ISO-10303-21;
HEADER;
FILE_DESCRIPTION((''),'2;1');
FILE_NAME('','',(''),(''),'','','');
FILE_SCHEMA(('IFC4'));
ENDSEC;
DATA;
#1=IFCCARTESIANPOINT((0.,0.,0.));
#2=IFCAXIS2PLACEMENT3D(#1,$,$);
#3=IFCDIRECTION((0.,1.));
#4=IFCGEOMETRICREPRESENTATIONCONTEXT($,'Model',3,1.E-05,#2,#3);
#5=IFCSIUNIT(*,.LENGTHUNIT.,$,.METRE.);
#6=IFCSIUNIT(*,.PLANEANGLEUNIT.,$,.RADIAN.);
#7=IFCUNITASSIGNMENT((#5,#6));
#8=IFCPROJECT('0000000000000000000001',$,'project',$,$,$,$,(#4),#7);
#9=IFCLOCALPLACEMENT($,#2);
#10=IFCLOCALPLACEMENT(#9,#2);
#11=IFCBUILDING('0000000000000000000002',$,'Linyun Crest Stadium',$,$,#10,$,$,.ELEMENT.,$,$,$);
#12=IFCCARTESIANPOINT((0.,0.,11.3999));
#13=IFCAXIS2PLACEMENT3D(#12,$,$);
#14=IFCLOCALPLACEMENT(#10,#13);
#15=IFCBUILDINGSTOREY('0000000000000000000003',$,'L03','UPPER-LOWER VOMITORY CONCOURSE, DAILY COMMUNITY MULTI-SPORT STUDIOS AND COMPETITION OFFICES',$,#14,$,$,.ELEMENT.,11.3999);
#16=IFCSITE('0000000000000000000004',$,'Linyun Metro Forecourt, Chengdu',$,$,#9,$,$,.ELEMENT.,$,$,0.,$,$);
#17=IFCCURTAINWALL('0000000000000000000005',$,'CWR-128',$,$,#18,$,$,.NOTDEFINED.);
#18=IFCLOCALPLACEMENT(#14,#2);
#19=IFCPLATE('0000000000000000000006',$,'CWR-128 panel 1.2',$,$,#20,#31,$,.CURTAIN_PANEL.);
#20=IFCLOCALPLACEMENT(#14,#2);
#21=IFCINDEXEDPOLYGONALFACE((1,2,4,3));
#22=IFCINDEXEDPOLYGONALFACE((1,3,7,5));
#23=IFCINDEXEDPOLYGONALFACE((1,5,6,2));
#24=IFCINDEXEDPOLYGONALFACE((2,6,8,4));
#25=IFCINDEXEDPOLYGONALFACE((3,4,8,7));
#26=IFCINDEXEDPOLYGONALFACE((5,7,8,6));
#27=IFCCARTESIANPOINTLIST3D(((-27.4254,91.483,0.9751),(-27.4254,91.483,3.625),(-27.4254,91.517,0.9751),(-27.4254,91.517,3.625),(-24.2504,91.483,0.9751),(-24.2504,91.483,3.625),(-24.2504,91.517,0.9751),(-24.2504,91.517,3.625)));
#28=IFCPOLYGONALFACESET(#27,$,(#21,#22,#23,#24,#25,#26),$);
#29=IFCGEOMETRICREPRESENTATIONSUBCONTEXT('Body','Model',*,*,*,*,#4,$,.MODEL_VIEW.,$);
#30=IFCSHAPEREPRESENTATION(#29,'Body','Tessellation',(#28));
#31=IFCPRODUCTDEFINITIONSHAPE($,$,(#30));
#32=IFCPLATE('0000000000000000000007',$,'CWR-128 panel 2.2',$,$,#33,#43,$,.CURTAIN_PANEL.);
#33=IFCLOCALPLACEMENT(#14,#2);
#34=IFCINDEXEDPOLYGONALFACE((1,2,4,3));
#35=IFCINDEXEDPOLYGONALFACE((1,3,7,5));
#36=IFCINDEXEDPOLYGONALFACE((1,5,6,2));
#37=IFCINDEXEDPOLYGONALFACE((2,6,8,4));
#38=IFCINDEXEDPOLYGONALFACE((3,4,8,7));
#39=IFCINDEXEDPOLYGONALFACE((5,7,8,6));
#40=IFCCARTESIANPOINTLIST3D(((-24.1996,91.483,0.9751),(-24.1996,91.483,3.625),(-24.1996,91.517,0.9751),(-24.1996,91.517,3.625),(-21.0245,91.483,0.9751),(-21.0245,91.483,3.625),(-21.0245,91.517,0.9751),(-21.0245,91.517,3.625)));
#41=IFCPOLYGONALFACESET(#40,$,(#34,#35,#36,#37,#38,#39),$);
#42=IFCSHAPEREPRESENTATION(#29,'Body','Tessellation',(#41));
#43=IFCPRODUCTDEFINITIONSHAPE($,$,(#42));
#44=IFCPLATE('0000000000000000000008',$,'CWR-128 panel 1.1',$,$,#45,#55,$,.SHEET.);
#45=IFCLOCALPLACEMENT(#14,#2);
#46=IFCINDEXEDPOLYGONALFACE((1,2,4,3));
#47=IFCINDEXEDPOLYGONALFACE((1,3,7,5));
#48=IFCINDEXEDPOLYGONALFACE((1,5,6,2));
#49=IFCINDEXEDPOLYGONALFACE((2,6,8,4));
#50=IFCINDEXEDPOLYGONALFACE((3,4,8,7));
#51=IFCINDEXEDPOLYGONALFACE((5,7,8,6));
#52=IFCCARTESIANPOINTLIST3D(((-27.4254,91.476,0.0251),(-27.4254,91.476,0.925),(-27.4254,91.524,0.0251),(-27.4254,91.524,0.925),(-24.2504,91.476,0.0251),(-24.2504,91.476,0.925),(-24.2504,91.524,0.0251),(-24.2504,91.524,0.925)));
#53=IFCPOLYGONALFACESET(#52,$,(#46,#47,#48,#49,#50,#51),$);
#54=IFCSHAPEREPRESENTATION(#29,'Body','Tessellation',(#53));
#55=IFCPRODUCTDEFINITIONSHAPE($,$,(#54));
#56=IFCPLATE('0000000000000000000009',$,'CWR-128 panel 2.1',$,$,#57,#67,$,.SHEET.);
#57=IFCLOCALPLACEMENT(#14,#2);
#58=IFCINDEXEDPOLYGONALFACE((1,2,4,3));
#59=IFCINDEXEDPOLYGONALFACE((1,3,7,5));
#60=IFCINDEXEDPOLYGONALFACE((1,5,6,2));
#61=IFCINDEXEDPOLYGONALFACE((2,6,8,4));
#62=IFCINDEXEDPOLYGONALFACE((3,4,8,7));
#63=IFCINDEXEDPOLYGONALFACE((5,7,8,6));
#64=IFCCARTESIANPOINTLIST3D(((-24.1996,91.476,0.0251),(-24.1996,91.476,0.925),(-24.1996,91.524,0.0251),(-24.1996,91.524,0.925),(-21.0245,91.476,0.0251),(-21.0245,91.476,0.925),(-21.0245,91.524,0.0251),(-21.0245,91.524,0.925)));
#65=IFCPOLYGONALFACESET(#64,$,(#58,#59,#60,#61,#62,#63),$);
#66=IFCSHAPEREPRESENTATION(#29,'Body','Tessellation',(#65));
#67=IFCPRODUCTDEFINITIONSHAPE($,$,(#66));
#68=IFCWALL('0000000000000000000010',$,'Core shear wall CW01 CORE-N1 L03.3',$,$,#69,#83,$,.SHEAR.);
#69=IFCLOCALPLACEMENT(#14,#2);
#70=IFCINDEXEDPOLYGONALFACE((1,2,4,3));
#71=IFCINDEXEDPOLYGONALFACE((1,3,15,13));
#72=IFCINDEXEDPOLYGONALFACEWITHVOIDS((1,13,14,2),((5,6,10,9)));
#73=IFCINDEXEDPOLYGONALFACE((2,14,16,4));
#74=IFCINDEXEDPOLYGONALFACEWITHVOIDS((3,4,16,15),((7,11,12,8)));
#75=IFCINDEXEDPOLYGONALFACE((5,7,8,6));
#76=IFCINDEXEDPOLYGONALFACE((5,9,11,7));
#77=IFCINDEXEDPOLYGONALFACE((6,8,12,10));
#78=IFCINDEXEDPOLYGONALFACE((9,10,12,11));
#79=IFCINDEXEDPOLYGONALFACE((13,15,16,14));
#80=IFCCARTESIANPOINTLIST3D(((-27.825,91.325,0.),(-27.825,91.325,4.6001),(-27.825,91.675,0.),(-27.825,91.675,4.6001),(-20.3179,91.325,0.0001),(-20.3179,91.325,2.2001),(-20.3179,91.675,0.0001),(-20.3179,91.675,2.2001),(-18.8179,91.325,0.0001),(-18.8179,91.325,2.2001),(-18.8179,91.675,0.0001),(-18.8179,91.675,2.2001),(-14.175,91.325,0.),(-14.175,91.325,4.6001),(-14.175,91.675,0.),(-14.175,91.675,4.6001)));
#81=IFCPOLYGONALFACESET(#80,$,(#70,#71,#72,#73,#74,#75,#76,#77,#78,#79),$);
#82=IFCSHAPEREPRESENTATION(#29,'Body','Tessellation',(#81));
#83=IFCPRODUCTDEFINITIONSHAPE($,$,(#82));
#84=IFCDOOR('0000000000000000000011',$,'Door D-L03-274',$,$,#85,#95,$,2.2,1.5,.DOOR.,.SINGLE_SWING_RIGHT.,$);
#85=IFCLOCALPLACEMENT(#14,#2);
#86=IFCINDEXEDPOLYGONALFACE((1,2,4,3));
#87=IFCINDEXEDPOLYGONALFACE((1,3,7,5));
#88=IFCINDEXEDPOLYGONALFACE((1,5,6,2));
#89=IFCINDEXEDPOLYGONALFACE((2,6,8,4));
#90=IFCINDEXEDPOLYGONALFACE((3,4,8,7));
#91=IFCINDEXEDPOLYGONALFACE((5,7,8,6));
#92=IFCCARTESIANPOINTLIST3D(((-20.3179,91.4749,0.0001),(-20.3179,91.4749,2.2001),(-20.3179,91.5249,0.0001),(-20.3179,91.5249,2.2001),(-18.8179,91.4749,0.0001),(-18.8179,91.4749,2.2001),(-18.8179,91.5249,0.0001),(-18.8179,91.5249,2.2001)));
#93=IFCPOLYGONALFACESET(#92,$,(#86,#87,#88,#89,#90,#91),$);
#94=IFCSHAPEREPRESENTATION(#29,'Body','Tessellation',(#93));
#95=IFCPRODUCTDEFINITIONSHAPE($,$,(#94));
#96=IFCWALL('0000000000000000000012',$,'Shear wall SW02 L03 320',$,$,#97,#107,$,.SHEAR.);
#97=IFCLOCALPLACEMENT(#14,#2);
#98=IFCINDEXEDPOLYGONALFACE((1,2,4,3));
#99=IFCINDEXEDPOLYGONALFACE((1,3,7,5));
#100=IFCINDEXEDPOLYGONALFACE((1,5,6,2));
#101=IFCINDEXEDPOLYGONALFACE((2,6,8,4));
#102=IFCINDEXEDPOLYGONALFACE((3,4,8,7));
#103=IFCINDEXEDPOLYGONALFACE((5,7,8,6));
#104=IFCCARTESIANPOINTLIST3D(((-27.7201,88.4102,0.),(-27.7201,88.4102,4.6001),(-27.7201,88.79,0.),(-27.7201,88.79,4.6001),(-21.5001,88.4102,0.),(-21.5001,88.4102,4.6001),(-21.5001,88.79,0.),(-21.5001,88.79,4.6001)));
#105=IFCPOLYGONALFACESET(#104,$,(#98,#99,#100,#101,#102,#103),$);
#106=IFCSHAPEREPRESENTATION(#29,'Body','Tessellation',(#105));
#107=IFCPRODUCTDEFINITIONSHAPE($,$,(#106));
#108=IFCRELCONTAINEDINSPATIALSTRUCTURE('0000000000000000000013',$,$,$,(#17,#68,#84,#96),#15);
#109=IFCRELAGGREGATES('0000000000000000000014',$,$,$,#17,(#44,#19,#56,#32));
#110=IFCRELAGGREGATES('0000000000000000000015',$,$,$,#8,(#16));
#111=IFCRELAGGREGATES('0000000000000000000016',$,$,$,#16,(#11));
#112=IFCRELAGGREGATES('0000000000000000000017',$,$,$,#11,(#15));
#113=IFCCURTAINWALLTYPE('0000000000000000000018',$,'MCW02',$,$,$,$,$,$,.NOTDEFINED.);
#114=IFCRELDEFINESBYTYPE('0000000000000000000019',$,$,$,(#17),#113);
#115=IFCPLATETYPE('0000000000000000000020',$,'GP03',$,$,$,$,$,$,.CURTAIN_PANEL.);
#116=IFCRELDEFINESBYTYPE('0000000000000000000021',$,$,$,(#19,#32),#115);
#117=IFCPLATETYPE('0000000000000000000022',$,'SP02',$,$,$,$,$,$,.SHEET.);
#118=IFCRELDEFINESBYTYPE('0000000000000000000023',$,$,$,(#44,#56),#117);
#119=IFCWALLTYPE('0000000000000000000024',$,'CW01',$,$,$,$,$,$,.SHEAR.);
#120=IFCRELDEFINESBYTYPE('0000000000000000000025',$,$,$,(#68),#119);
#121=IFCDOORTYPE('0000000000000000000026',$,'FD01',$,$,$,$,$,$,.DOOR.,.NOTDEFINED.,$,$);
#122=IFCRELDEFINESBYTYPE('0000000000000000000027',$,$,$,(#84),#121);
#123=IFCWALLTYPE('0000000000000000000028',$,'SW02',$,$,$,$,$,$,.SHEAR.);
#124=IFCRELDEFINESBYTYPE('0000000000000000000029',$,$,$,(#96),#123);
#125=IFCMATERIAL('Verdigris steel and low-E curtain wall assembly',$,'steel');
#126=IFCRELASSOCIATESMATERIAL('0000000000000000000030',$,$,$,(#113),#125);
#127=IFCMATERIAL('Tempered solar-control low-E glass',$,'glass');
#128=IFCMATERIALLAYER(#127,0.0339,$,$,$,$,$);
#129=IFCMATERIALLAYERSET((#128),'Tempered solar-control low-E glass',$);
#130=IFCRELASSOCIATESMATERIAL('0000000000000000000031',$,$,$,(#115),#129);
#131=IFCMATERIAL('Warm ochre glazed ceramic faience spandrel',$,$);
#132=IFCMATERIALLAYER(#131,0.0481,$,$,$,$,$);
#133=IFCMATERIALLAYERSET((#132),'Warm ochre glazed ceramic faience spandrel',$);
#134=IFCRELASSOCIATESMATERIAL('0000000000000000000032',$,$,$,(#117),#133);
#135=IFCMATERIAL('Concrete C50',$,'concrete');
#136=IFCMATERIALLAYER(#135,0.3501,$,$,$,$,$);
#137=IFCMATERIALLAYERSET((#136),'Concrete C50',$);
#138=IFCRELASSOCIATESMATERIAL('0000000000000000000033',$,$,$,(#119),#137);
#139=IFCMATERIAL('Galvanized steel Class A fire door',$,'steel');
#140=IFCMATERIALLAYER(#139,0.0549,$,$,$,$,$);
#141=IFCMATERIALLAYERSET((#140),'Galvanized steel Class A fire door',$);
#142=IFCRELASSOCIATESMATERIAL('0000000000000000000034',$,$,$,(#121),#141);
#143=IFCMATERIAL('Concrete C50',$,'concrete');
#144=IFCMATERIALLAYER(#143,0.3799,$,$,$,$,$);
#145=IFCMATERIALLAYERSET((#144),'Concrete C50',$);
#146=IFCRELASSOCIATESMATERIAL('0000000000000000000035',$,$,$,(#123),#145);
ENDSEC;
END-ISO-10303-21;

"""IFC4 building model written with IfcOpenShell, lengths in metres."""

from ifc_helpers import new_model, si_unit, direction, frame, frame_2d, origin, origin_2d, place, context, subcontext, project, spatial, rectangle, extrude, material, layer, layer_set, type_object, element, fill, aggregate, save


model = new_model("IFC4")

# Units and contexts
model_context = context("Model", 3, precision=1e-05, world=origin(), true_north=direction((0.0, 1.0)))
body_context = subcontext(model_context, "Body", "Model", "MODEL_VIEW")
ifc_project = project(units=[si_unit("LENGTHUNIT", "METRE"), si_unit("PLANEANGLEUNIT", "RADIAN")], contexts=[model_context])

# Site, building, storey
site_placement = place(None, origin())
site = spatial("IfcSite", under=ifc_project, at=site_placement, Name="Linyun Metro Forecourt, Chengdu", CompositionType="ELEMENT", RefElevation=0.0)
building_placement = place(site_placement, origin())
building = spatial("IfcBuilding", under=site, at=building_placement, Name="Linyun Crest Stadium", CompositionType="ELEMENT")
storey_placement = place(building_placement, frame((0.0, 0.0, 11.3999)))
storey = spatial("IfcBuildingStorey", under=building, at=storey_placement, Name="L03", Description="UPPER-LOWER VOMITORY CONCOURSE, DAILY COMMUNITY MULTI-SPORT STUDIOS AND COMPETITION OFFICES", CompositionType="ELEMENT", Elevation=11.3999)

# Curtain wall, plates
ifc_material_1 = material(Name="Verdigris steel and low-E curtain wall assembly", Category="steel")
curtain_wall_type = type_object("IfcCurtainWallType", Name="MCW02", PredefinedType="NOTDEFINED", material=ifc_material_1)
curtain_wall_placement = place(storey_placement, origin())
curtain_wall = element("IfcCurtainWall", 1, at=curtain_wall_placement, inside=storey, type_object=curtain_wall_type, Name="CWR-128", PredefinedType="NOTDEFINED")
ifc_material_2 = material(Name="Tempered solar-control low-E glass", Category="glass")
ifc_layer_1 = layer(ifc_material_2, 0.0339)
ifc_layer_set_1 = layer_set([ifc_layer_1], Name="Tempered solar-control low-E glass")
plate_type_1 = type_object("IfcPlateType", Name="GP03", PredefinedType="CURTAIN_PANEL", material=ifc_layer_set_1)
plate_1_placement = place(storey_placement, frame((-25.8379, 91.5, 0.9751), z_axis=(0.0, 0.0, 1.0), x_axis=(1.0, 0.0, 0.0)))
plate_1 = element("IfcPlate", 2, at=plate_1_placement, type_object=plate_type_1, Name="CWR-128 panel 1.2", PredefinedType="CURTAIN_PANEL", context=body_context, shape_type="SweptSolid", body=[
    extrude(rectangle(XDim=3.175, YDim=0.0339, at=origin_2d()), origin(), (0.0, 0.0, 1.0), 2.6499),
])
plate_2_placement = place(storey_placement, frame((-22.6121, 91.5, 0.9751), z_axis=(0.0, 0.0, 1.0), x_axis=(1.0, 0.0, 0.0)))
plate_2 = element("IfcPlate", 3, at=plate_2_placement, type_object=plate_type_1, Name="CWR-128 panel 2.2", PredefinedType="CURTAIN_PANEL", context=body_context, shape_type="SweptSolid", body=[
    extrude(rectangle(XDim=3.175, YDim=0.0339, at=origin_2d()), origin(), (0.0, 0.0, 1.0), 2.6499),
])
ifc_material_3 = material(Name="Warm ochre glazed ceramic faience spandrel")
ifc_layer_2 = layer(ifc_material_3, 0.0481)
ifc_layer_set_2 = layer_set([ifc_layer_2], Name="Warm ochre glazed ceramic faience spandrel")
plate_type_2 = type_object("IfcPlateType", Name="SP02", PredefinedType="SHEET", material=ifc_layer_set_2)
plate_3_placement = place(storey_placement, frame((-25.8379, 91.5, 0.0251), z_axis=(0.0, 0.0, 1.0), x_axis=(1.0, 0.0, 0.0)))
plate_3 = element("IfcPlate", 4, at=plate_3_placement, type_object=plate_type_2, Name="CWR-128 panel 1.1", PredefinedType="SHEET", context=body_context, shape_type="SweptSolid", body=[
    extrude(rectangle(XDim=3.175, YDim=0.0481, at=origin_2d()), origin(), (0.0, 0.0, 1.0), 0.8999),
])
plate_4_placement = place(storey_placement, frame((-22.6121, 91.5, 0.0251), z_axis=(0.0, 0.0, 1.0), x_axis=(1.0, 0.0, 0.0)))
plate_4 = element("IfcPlate", 5, at=plate_4_placement, type_object=plate_type_2, Name="CWR-128 panel 2.1", PredefinedType="SHEET", context=body_context, shape_type="SweptSolid", body=[
    extrude(rectangle(XDim=3.175, YDim=0.0481, at=origin_2d()), origin(), (0.0, 0.0, 1.0), 0.8999),
])
aggregate(curtain_wall, [plate_3, plate_1, plate_4, plate_2])

# Wall, opening, door
ifc_material_4 = material(Name="Concrete C50", Category="concrete")
ifc_layer_3 = layer(ifc_material_4, 0.3501)
ifc_layer_set_3 = layer_set([ifc_layer_3], Name="Concrete C50")
wall_type_1 = type_object("IfcWallType", Name="CW01", PredefinedType="SHEAR", material=ifc_layer_set_3)
wall_1_placement = place(storey_placement, frame((-27.825, 91.5, 0.0), z_axis=(0.0, 0.0, 1.0), x_axis=(1.0, 0.0, 0.0)))
wall_1 = element("IfcWall", 6, at=wall_1_placement, inside=storey, type_object=wall_type_1, Name="Core shear wall CW01 CORE-N1 L03.3", PredefinedType="SHEAR", context=body_context, shape_type="SweptSolid", body=[
    extrude(rectangle(XDim=13.6499, YDim=0.3501, at=frame_2d((6.825, 0.0))), origin(), (0.0, 0.0, 1.0), 4.6001),
])
opening_placement = place(wall_1_placement, frame((7.5071, 0.0, 0.0)))
opening = element("IfcOpeningElement", 7, at=opening_placement, cuts=wall_1, PredefinedType="OPENING", context=body_context, shape_type="SweptSolid", body=[
    extrude(rectangle(XDim=1.5, YDim=2.2, at=frame_2d((0.75, 1.1001))), frame((0.0, 0.1851, 0.0), z_axis=(0.0, -1.0, 0.0), x_axis=(1.0, 0.0, 0.0)), (0.0, 0.0, 1.0), 0.3701),
])
ifc_material_5 = material(Name="Galvanized steel Class A fire door", Category="steel")
ifc_layer_4 = layer(ifc_material_5, 0.0549)
ifc_layer_set_4 = layer_set([ifc_layer_4], Name="Galvanized steel Class A fire door")
door_type = type_object("IfcDoorType", Name="FD01", OperationType="NOTDEFINED", PredefinedType="DOOR", material=ifc_layer_set_4)
door_placement = place(opening_placement, origin())
door = element("IfcDoor", 8, at=door_placement, inside=storey, type_object=door_type, Name="Door D-L03-274", OperationType="SINGLE_SWING_RIGHT", OverallHeight=2.2, OverallWidth=1.5, PredefinedType="DOOR", context=body_context, shape_type="SweptSolid", body=[
    extrude(rectangle(XDim=1.5, YDim=2.2, at=frame_2d((0.75, 1.1001))), frame((0.0, 0.0249, 0.0), z_axis=(0.0, -1.0, 0.0), x_axis=(1.0, 0.0, 0.0)), (0.0, 0.0, 1.0), 0.05),
])
fill(opening, door)

# Wall
ifc_material_6 = material(Name="Concrete C50", Category="concrete")
ifc_layer_5 = layer(ifc_material_6, 0.3799)
ifc_layer_set_5 = layer_set([ifc_layer_5], Name="Concrete C50")
wall_type_2 = type_object("IfcWallType", Name="SW02", PredefinedType="SHEAR", material=ifc_layer_set_5)
wall_2_placement = place(storey_placement, frame((-27.72, 88.6001, 0.0), z_axis=(0.0, 0.0, 1.0), x_axis=(1.0, 0.0, 0.0)))
element("IfcWall", 9, at=wall_2_placement, inside=storey, type_object=wall_type_2, Name="Shear wall SW02 L03 320", PredefinedType="SHEAR", context=body_context, shape_type="SweptSolid", body=[
    extrude(rectangle(XDim=6.22, YDim=0.3799, at=frame_2d((3.1099, 0.0))), origin(), (0.0, 0.0, 1.0), 4.6001),
])

save(model, "model.ifc")
